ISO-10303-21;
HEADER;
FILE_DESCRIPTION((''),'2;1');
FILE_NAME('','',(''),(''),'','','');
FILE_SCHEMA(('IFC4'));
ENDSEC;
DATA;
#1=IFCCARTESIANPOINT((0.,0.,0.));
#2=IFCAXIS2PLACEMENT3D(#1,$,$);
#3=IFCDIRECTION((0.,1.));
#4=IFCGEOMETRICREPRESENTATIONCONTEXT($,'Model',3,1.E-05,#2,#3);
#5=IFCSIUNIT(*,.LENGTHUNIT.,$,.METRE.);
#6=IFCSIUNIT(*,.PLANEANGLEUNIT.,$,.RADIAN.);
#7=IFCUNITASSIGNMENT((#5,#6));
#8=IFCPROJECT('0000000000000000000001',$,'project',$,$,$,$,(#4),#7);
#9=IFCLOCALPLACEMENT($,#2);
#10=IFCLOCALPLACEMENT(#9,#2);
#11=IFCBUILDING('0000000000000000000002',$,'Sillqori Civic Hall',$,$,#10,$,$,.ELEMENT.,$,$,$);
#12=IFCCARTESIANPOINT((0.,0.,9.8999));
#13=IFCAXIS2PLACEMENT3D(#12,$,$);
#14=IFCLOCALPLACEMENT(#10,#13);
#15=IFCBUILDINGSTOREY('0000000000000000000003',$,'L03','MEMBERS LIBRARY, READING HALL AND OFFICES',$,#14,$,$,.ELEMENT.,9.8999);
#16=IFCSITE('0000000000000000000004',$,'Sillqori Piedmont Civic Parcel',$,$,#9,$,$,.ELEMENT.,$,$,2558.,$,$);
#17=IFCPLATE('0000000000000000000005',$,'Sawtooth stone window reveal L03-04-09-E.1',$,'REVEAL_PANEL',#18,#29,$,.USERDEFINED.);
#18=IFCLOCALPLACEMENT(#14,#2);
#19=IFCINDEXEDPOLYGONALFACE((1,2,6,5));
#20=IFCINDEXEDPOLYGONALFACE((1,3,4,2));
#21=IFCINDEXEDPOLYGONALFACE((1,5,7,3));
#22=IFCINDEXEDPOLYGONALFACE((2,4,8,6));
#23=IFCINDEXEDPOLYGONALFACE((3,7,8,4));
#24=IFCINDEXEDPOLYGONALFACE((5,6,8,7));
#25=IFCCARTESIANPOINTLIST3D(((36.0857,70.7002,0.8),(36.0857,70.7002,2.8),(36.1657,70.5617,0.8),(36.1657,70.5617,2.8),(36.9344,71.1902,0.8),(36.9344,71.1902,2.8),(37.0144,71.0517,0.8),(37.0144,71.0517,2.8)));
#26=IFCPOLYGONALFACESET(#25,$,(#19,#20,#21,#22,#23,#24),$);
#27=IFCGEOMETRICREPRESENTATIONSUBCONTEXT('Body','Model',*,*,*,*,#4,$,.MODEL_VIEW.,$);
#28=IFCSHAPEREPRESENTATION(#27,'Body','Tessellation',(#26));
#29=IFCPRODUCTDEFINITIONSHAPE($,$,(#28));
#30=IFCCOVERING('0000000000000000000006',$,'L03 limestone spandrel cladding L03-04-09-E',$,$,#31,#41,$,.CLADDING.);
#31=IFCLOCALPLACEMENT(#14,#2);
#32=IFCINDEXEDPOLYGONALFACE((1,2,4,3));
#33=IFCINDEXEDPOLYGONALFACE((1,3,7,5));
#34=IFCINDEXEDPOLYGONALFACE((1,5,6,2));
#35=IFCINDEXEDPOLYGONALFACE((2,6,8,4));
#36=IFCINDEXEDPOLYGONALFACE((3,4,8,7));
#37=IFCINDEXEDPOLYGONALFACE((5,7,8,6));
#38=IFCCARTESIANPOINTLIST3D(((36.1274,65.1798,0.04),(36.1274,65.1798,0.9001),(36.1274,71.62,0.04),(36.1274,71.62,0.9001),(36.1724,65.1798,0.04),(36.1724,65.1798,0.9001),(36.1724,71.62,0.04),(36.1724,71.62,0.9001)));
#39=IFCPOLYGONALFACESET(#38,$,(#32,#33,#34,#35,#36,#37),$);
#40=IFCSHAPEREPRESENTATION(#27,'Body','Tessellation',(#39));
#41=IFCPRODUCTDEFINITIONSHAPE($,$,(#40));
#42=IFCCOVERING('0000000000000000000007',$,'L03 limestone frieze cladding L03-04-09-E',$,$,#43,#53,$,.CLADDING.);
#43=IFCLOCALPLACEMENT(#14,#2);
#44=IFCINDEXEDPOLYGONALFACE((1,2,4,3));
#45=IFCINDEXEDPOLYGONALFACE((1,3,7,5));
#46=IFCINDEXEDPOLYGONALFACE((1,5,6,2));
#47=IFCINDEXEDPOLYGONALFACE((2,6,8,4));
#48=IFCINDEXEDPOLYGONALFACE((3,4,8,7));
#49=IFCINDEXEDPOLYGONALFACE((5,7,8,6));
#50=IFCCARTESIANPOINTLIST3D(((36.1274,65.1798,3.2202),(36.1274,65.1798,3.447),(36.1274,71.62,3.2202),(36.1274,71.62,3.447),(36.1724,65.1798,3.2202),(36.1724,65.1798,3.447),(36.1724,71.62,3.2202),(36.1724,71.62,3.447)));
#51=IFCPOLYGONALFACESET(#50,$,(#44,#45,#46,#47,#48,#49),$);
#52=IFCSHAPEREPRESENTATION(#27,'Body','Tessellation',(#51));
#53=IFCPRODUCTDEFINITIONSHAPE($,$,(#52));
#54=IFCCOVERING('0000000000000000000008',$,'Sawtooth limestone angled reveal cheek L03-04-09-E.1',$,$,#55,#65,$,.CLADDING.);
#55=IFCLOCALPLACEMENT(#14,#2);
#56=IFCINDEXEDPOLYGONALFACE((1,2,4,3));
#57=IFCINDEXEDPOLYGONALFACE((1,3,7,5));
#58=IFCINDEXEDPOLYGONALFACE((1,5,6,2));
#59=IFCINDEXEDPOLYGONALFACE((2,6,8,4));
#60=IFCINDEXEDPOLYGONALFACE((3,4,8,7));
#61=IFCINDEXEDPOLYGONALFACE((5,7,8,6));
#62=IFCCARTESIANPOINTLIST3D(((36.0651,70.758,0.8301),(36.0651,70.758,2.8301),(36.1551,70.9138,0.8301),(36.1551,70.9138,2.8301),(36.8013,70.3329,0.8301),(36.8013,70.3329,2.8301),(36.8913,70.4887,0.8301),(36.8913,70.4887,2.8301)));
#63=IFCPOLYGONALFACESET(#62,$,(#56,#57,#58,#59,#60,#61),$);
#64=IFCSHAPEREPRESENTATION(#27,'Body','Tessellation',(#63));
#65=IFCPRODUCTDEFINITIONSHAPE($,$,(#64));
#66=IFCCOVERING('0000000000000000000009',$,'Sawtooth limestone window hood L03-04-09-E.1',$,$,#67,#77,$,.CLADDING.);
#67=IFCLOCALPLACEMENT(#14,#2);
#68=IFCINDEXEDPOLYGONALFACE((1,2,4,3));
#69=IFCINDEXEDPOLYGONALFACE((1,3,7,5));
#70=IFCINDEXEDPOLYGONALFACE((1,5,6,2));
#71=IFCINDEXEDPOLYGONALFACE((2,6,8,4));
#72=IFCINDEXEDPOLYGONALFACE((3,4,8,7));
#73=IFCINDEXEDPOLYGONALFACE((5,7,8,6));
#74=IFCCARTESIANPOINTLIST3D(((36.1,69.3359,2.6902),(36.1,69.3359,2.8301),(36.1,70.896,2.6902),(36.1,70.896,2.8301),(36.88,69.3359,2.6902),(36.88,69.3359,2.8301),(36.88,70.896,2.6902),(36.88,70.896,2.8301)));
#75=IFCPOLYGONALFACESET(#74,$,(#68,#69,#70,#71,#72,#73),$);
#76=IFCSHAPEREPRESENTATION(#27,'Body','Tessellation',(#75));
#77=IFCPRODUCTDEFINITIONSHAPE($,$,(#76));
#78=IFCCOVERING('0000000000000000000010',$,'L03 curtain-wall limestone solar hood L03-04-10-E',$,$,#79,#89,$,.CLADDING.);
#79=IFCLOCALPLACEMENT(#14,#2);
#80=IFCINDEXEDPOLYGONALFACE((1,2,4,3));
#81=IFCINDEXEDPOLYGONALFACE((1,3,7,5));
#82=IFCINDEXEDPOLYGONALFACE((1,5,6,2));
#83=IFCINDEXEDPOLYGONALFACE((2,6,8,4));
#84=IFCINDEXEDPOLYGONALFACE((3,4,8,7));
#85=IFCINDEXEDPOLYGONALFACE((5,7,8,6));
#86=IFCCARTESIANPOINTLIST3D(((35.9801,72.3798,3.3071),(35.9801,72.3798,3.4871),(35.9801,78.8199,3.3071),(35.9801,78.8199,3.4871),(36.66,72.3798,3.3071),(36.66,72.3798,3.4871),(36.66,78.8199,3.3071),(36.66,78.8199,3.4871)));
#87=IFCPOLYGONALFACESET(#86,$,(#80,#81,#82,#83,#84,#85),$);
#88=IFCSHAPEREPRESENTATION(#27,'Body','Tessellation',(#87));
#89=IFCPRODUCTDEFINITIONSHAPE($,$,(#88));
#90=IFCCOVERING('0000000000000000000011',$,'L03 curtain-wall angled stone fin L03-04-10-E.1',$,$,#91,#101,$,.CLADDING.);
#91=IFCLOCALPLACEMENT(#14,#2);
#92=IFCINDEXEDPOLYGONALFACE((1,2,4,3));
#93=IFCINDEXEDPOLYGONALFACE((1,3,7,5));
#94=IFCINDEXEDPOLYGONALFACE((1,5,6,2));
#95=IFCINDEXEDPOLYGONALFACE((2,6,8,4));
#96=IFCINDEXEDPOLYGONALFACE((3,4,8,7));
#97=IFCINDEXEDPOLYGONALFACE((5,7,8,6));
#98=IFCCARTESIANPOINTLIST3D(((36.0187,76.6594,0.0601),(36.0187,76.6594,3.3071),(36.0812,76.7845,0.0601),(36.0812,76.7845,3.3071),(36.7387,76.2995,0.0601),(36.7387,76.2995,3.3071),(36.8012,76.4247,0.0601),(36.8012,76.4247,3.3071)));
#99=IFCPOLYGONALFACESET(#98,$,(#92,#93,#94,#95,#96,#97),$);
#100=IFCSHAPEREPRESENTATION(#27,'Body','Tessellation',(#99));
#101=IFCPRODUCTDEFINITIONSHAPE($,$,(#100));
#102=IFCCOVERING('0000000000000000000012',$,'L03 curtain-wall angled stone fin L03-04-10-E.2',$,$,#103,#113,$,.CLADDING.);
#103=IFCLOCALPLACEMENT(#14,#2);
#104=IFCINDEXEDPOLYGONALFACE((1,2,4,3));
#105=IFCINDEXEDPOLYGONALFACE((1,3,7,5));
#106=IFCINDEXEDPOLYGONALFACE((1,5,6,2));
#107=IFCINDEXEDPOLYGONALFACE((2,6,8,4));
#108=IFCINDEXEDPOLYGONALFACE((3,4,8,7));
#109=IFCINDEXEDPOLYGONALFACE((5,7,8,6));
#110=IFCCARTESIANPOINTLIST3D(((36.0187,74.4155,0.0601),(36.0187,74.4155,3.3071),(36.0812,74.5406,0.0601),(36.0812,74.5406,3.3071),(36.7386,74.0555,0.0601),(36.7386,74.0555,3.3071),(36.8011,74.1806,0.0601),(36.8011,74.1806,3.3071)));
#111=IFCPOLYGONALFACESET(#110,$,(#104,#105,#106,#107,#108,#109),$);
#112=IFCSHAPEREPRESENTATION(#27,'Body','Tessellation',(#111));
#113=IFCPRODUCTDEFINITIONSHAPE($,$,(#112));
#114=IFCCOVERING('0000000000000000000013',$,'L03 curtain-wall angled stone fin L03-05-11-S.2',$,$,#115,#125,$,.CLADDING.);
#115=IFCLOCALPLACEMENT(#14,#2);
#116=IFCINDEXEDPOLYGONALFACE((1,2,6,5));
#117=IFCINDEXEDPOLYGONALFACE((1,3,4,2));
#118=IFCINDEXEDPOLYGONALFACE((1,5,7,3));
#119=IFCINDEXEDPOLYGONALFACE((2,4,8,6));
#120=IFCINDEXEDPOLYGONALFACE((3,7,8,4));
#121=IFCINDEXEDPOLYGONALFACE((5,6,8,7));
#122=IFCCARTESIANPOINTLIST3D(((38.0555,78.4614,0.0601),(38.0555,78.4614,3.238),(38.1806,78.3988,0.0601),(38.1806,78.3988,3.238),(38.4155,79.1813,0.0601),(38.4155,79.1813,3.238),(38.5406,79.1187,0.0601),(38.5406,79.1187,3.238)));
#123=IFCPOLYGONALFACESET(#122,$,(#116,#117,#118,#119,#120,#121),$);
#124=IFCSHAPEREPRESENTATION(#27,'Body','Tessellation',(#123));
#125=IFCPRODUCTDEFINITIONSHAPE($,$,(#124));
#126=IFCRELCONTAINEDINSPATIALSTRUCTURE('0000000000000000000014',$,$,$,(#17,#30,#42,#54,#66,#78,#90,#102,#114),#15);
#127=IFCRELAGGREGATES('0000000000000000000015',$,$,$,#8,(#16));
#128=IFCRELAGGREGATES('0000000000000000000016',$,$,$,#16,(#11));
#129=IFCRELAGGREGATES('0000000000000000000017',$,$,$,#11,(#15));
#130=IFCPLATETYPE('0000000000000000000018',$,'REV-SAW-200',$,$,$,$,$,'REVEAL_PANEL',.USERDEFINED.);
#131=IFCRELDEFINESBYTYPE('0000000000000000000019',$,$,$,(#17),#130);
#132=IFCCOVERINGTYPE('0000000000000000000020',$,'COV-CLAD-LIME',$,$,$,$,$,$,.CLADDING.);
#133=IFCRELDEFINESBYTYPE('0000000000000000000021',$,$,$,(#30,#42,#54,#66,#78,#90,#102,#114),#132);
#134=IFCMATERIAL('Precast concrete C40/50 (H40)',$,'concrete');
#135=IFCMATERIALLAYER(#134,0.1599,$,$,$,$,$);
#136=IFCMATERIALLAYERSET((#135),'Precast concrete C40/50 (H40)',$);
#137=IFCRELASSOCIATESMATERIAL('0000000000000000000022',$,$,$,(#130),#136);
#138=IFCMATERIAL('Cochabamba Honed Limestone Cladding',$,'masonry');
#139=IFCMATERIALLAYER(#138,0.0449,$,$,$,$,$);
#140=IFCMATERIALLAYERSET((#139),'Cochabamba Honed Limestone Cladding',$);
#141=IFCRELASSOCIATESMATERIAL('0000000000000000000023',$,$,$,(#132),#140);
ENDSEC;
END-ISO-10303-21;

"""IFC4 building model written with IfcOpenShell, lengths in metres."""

from ifc_helpers import new_model, si_unit, direction, frame, frame_2d, origin, origin_2d, place, context, subcontext, project, spatial, rectangle, extrude, material, layer, layer_set, type_object, element, save


model = new_model("IFC4")

# Units and contexts
model_context = context("Model", 3, precision=1e-05, world=origin(), true_north=direction((0.0, 1.0)))
body_context = subcontext(model_context, "Body", "Model", "MODEL_VIEW")
ifc_project = project(units=[si_unit("LENGTHUNIT", "METRE"), si_unit("PLANEANGLEUNIT", "RADIAN")], contexts=[model_context])

# Site, building, storey
site_placement = place(None, origin())
site = spatial("IfcSite", under=ifc_project, at=site_placement, Name="Sillqori Piedmont Civic Parcel", CompositionType="ELEMENT", RefElevation=2558.0)
building_placement = place(site_placement, origin())
building = spatial("IfcBuilding", under=site, at=building_placement, Name="Sillqori Civic Hall", CompositionType="ELEMENT")
storey_placement = place(building_placement, frame((0.0, 0.0, 9.8999)))
storey = spatial("IfcBuildingStorey", under=building, at=storey_placement, Name="L03", Description="MEMBERS LIBRARY, READING HALL AND OFFICES", CompositionType="ELEMENT", Elevation=9.8999)

# Plate
ifc_material_1 = material(Name="Precast concrete C40/50 (H40)", Category="concrete")
ifc_layer_1 = layer(ifc_material_1, 0.1599)
ifc_layer_set_1 = layer_set([ifc_layer_1], Name="Precast concrete C40/50 (H40)")
plate_type = type_object("IfcPlateType", Name="REV-SAW-200", ElementType="REVEAL_PANEL", PredefinedType="USERDEFINED", material=ifc_layer_set_1)
plate_placement = place(storey_placement, frame((36.55, 70.876, 0.8), z_axis=(0.0, 0.0, 1.0), x_axis=(0.5, -0.866025, 0.0)))
element("IfcPlate", 1, at=plate_placement, inside=storey, type_object=plate_type, Name="Sawtooth stone window reveal L03-04-09-E.1", ObjectType="REVEAL_PANEL", PredefinedType="USERDEFINED", context=body_context, shape_type="SweptSolid", body=[
    extrude(rectangle(XDim=0.1599, YDim=0.98, at=origin_2d()), origin(), (0.0, 0.0, 1.0), 2.0),
])

# Coverings
ifc_material_2 = material(Name="Cochabamba Honed Limestone Cladding", Category="masonry")
ifc_layer_2 = layer(ifc_material_2, 0.0449)
ifc_layer_set_2 = layer_set([ifc_layer_2], Name="Cochabamba Honed Limestone Cladding")
covering_type = type_object("IfcCoveringType", Name="COV-CLAD-LIME", PredefinedType="CLADDING", material=ifc_layer_set_2)
covering_1_placement = place(storey_placement, frame((36.1499, 71.6201, 0.04), z_axis=(0.0, 0.0, 1.0), x_axis=(0.0, -1.0, 0.0)))
element("IfcCovering", 2, at=covering_1_placement, inside=storey, type_object=covering_type, Name="L03 limestone spandrel cladding L03-04-09-E", PredefinedType="CLADDING", context=body_context, shape_type="SweptSolid", body=[
    extrude(rectangle(XDim=6.4402, YDim=0.0449, at=frame_2d((3.2202, 0.0))), origin(), (0.0, 0.0, 1.0), 0.8601),
])
covering_2_placement = place(storey_placement, frame((36.1499, 71.6201, 3.2202), z_axis=(0.0, 0.0, 1.0), x_axis=(0.0, -1.0, 0.0)))
element("IfcCovering", 3, at=covering_2_placement, inside=storey, type_object=covering_type, Name="L03 limestone frieze cladding L03-04-09-E", PredefinedType="CLADDING", context=body_context, shape_type="SweptSolid", body=[
    extrude(rectangle(XDim=6.4402, YDim=0.0449, at=frame_2d((3.2202, 0.0))), origin(), (0.0, 0.0, 1.0), 0.2268),
])
covering_3_placement = place(storey_placement, frame((36.1101, 70.8359, 0.8301), z_axis=(0.0, 0.0, 1.0), x_axis=(0.865989, -0.500062, 0.0)))
element("IfcCovering", 4, at=covering_3_placement, inside=storey, type_object=covering_type, Name="Sawtooth limestone angled reveal cheek L03-04-09-E.1", PredefinedType="CLADDING", context=body_context, shape_type="SweptSolid", body=[
    extrude(rectangle(XDim=0.8501, YDim=0.1799, at=frame_2d((0.425, 0.0))), origin(), (0.0, 0.0, 1.0), 2.0),
])
covering_4_placement = place(storey_placement, frame((36.49, 70.896, 2.6902), z_axis=(0.0, 0.0, 1.0), x_axis=(0.0, -1.0, 0.0)))
element("IfcCovering", 5, at=covering_4_placement, inside=storey, type_object=covering_type, Name="Sawtooth limestone window hood L03-04-09-E.1", PredefinedType="CLADDING", context=body_context, shape_type="SweptSolid", body=[
    extrude(rectangle(XDim=1.5601, YDim=0.78, at=frame_2d((0.78, 0.0))), origin(), (0.0, 0.0, 1.0), 0.1399),
])
covering_5_placement = place(storey_placement, frame((36.3201, 78.8201, 3.3071), z_axis=(0.0, 0.0, 1.0), x_axis=(0.0, -1.0, 0.0)))
element("IfcCovering", 6, at=covering_5_placement, inside=storey, type_object=covering_type, Name="L03 curtain-wall limestone solar hood L03-04-10-E", PredefinedType="CLADDING", context=body_context, shape_type="SweptSolid", body=[
    extrude(rectangle(XDim=6.4402, YDim=0.6799, at=frame_2d((3.2202, 0.0))), origin(), (0.0, 0.0, 1.0), 0.1799),
])
for number, where, z_axis, x_axis, name in (
    (7, (36.05, 76.7219, 0.0601), (0.0, 0.0, 1.0), (0.894488, -0.447092, 0.0), "L03 curtain-wall angled stone fin L03-04-10-E.1"),
    (8, (36.05, 74.478, 0.0601), (0.0, 0.0, 1.0), (0.894367, -0.447335, 0.0), "L03 curtain-wall angled stone fin L03-04-10-E.2"),
):
    element("IfcCovering", number, at=place(storey_placement, frame(where, z_axis=z_axis, x_axis=x_axis)), inside=storey, type_object=covering_type, Name=name, PredefinedType="CLADDING", context=body_context, shape_type="SweptSolid", body=[
        extrude(rectangle(XDim=0.8049, YDim=0.1399, at=frame_2d((0.4023, 0.0))), origin(), (0.0, 0.0, 1.0), 3.2471),
    ])
covering_6_placement = place(storey_placement, frame((38.478, 79.1499, 0.0601), z_axis=(0.0, 0.0, 1.0), x_axis=(-0.447335, -0.894367, 0.0)))
element("IfcCovering", 9, at=covering_6_placement, inside=storey, type_object=covering_type, Name="L03 curtain-wall angled stone fin L03-05-11-S.2", PredefinedType="CLADDING", context=body_context, shape_type="SweptSolid", body=[
    extrude(rectangle(XDim=0.8049, YDim=0.1399, at=frame_2d((0.4023, 0.0))), origin(), (0.0, 0.0, 1.0), 3.178),
])

save(model, "model.ifc")
